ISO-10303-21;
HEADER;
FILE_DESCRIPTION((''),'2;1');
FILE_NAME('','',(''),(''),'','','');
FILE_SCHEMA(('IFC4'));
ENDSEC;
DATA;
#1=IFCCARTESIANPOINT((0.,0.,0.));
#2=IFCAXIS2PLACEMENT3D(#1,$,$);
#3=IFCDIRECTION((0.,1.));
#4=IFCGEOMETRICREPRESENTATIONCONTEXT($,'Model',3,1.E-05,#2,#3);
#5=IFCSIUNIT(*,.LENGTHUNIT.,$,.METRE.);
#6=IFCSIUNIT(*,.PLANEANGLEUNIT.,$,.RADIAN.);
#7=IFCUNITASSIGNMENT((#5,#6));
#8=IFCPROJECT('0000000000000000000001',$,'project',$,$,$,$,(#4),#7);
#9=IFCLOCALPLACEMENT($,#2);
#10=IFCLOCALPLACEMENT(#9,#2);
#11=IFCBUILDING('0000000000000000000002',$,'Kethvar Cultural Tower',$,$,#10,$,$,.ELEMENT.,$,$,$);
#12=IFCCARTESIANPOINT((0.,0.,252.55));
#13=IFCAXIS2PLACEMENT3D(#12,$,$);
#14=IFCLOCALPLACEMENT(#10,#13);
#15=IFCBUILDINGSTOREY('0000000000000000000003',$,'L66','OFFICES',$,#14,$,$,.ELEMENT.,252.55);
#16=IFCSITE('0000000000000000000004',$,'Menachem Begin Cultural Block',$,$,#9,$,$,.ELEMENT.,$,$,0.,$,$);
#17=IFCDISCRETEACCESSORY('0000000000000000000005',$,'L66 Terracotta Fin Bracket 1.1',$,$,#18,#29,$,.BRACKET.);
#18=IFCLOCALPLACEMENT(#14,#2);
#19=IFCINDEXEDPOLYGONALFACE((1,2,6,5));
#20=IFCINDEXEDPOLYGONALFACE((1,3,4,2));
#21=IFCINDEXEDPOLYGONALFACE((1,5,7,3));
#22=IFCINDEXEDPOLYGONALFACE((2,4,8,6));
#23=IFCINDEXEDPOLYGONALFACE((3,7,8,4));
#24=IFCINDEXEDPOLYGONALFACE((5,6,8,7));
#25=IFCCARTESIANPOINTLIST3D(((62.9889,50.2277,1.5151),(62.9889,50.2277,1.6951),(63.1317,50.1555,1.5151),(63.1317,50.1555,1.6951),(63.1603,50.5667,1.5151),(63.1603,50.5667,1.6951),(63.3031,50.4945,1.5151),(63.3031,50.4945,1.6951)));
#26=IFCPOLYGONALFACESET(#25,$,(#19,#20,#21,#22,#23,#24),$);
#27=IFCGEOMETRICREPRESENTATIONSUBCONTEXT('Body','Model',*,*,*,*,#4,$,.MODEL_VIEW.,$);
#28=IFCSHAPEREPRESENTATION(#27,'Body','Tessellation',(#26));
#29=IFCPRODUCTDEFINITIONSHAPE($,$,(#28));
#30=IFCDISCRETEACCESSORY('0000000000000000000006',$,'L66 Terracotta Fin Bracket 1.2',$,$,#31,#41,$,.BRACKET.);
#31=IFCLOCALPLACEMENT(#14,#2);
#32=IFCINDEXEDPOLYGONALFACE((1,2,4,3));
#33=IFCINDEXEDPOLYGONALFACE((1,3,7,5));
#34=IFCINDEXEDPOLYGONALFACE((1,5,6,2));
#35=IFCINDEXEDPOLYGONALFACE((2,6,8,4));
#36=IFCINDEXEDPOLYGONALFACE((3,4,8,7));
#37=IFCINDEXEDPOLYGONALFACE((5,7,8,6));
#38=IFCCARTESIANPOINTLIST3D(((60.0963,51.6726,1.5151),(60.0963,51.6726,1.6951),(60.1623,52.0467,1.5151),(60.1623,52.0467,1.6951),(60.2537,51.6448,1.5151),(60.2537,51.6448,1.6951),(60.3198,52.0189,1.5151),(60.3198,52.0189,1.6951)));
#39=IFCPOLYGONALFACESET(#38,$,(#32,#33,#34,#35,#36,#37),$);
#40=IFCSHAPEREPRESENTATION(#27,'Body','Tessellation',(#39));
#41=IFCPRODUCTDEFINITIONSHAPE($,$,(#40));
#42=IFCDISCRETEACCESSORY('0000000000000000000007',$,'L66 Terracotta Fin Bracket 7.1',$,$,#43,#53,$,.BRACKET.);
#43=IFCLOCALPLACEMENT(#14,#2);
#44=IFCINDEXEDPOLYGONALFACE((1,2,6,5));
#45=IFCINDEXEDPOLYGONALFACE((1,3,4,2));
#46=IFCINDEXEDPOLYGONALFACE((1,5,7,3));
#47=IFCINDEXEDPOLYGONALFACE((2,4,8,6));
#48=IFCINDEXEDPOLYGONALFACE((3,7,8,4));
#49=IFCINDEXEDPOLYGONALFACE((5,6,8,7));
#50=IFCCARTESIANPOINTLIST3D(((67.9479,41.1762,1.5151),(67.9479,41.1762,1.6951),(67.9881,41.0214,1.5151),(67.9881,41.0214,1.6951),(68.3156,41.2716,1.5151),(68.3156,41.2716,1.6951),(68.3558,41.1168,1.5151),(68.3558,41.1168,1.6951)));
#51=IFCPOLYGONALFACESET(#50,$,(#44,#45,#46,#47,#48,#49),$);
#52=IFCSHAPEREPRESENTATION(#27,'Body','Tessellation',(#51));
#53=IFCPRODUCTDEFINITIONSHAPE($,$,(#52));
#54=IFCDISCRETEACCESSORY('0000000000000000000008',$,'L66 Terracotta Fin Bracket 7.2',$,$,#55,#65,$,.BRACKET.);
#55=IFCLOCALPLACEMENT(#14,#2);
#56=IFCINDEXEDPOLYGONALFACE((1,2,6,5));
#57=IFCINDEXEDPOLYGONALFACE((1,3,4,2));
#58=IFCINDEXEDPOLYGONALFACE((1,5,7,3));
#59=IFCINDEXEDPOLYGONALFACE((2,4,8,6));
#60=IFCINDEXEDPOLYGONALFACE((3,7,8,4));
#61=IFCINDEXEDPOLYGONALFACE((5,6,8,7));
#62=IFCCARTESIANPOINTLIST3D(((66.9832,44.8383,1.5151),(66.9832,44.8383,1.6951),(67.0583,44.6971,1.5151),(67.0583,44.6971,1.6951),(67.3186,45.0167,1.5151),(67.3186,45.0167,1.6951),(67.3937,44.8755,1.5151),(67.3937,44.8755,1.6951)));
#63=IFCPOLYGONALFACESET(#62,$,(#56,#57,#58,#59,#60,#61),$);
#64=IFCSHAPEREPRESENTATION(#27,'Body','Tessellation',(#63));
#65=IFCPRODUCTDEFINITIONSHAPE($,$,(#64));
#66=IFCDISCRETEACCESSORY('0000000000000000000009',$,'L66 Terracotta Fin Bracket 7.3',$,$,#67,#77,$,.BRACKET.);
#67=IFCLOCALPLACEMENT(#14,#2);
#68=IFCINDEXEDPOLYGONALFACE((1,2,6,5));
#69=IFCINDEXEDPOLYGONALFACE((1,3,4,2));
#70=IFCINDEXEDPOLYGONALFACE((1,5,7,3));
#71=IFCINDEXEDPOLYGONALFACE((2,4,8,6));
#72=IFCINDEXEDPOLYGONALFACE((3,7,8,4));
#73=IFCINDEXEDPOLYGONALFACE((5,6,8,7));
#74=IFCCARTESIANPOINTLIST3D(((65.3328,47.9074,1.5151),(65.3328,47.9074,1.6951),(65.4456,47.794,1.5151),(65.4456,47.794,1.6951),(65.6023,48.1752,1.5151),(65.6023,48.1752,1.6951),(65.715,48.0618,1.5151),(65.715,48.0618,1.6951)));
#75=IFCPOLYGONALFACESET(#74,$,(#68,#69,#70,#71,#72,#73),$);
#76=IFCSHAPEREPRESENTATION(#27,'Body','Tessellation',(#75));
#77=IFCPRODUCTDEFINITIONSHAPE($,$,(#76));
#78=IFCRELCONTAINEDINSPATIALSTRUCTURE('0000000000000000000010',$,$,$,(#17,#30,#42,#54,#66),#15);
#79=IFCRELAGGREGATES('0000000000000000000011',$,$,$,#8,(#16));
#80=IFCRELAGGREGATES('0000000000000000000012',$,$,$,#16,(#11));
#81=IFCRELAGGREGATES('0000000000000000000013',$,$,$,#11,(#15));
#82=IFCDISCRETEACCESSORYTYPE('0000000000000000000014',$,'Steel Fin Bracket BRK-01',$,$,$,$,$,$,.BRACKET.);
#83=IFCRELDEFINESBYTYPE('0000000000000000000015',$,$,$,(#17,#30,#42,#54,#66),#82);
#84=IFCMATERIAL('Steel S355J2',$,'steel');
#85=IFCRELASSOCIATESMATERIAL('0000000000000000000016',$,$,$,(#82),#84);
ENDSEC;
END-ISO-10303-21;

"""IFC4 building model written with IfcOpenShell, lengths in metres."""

from ifc_helpers import new_model, si_unit, direction, frame, origin, origin_2d, place, context, subcontext, project, spatial, rectangle, extrude, source, transform, mapped, material, type_object, element, save


model = new_model("IFC4")

# Units and contexts
model_context = context("Model", 3, precision=1e-05, world=origin(), true_north=direction((0.0, 1.0)))
body_context = subcontext(model_context, "Body", "Model", "MODEL_VIEW")
ifc_project = project(units=[si_unit("LENGTHUNIT", "METRE"), si_unit("PLANEANGLEUNIT", "RADIAN")], contexts=[model_context])

# Site, building, storey
site_placement = place(None, origin())
site = spatial("IfcSite", under=ifc_project, at=site_placement, Name="Menachem Begin Cultural Block", CompositionType="ELEMENT", RefElevation=0.0)
building_placement = place(site_placement, origin())
building = spatial("IfcBuilding", under=site, at=building_placement, Name="Kethvar Cultural Tower", CompositionType="ELEMENT")
storey_placement = place(building_placement, frame((0.0, 0.0, 252.55)))
storey = spatial("IfcBuildingStorey", under=building, at=storey_placement, Name="L66", Description="OFFICES", CompositionType="ELEMENT", Elevation=252.55)

# Shared definitions
ifc_material_1 = material(Name="Steel S355J2", Category="steel")

# Discrete accessories
discrete_accessory_type = type_object("IfcDiscreteAccessoryType", Name="Steel Fin Bracket BRK-01", PredefinedType="BRACKET", material=ifc_material_1)
shared_shape_1 = source(origin(), body_context, "Body", "SweptSolid", [
    extrude(rectangle(XDim=0.3799, YDim=0.1599, at=origin_2d()), origin(), (0.0, 0.0, 1.0), 0.1799),
])
for number, where, z_axis, x_axis, name in (
    (1, (63.146, 50.3611, 1.5151), (0.0, 0.0, 1.0), (0.451189, 0.892428, 0.0), "L66 Terracotta Fin Bracket 1.1"),
    (2, (60.208, 51.8457, 1.5151), (0.0, 0.0, 1.0), (0.17382, 0.984777, 0.0), "L66 Terracotta Fin Bracket 1.2"),
    (3, (68.1519, 41.1465, 1.5151), (0.0, 0.0, 1.0), (0.967929, 0.251225, 0.0), "L66 Terracotta Fin Bracket 7.1"),
    (4, (67.1885, 44.8569, 1.5151), (0.0, 0.0, 1.0), (0.882866, 0.469626, 0.0), "L66 Terracotta Fin Bracket 7.2"),
    (5, (65.5239, 47.9846, 1.5151), (0.0, 0.0, 1.0), (0.709325, 0.704882, 0.0), "L66 Terracotta Fin Bracket 7.3"),
):
    element("IfcDiscreteAccessory", number, at=place(storey_placement, frame(where, z_axis=z_axis, x_axis=x_axis)), inside=storey, type_object=discrete_accessory_type, Name=name, PredefinedType="BRACKET", context=body_context, shape_type="MappedRepresentation", body=[
        mapped(shared_shape_1, transform((0.0, 0.0, 0.0), scale=1.0)),
    ])

save(model, "model.ifc")
